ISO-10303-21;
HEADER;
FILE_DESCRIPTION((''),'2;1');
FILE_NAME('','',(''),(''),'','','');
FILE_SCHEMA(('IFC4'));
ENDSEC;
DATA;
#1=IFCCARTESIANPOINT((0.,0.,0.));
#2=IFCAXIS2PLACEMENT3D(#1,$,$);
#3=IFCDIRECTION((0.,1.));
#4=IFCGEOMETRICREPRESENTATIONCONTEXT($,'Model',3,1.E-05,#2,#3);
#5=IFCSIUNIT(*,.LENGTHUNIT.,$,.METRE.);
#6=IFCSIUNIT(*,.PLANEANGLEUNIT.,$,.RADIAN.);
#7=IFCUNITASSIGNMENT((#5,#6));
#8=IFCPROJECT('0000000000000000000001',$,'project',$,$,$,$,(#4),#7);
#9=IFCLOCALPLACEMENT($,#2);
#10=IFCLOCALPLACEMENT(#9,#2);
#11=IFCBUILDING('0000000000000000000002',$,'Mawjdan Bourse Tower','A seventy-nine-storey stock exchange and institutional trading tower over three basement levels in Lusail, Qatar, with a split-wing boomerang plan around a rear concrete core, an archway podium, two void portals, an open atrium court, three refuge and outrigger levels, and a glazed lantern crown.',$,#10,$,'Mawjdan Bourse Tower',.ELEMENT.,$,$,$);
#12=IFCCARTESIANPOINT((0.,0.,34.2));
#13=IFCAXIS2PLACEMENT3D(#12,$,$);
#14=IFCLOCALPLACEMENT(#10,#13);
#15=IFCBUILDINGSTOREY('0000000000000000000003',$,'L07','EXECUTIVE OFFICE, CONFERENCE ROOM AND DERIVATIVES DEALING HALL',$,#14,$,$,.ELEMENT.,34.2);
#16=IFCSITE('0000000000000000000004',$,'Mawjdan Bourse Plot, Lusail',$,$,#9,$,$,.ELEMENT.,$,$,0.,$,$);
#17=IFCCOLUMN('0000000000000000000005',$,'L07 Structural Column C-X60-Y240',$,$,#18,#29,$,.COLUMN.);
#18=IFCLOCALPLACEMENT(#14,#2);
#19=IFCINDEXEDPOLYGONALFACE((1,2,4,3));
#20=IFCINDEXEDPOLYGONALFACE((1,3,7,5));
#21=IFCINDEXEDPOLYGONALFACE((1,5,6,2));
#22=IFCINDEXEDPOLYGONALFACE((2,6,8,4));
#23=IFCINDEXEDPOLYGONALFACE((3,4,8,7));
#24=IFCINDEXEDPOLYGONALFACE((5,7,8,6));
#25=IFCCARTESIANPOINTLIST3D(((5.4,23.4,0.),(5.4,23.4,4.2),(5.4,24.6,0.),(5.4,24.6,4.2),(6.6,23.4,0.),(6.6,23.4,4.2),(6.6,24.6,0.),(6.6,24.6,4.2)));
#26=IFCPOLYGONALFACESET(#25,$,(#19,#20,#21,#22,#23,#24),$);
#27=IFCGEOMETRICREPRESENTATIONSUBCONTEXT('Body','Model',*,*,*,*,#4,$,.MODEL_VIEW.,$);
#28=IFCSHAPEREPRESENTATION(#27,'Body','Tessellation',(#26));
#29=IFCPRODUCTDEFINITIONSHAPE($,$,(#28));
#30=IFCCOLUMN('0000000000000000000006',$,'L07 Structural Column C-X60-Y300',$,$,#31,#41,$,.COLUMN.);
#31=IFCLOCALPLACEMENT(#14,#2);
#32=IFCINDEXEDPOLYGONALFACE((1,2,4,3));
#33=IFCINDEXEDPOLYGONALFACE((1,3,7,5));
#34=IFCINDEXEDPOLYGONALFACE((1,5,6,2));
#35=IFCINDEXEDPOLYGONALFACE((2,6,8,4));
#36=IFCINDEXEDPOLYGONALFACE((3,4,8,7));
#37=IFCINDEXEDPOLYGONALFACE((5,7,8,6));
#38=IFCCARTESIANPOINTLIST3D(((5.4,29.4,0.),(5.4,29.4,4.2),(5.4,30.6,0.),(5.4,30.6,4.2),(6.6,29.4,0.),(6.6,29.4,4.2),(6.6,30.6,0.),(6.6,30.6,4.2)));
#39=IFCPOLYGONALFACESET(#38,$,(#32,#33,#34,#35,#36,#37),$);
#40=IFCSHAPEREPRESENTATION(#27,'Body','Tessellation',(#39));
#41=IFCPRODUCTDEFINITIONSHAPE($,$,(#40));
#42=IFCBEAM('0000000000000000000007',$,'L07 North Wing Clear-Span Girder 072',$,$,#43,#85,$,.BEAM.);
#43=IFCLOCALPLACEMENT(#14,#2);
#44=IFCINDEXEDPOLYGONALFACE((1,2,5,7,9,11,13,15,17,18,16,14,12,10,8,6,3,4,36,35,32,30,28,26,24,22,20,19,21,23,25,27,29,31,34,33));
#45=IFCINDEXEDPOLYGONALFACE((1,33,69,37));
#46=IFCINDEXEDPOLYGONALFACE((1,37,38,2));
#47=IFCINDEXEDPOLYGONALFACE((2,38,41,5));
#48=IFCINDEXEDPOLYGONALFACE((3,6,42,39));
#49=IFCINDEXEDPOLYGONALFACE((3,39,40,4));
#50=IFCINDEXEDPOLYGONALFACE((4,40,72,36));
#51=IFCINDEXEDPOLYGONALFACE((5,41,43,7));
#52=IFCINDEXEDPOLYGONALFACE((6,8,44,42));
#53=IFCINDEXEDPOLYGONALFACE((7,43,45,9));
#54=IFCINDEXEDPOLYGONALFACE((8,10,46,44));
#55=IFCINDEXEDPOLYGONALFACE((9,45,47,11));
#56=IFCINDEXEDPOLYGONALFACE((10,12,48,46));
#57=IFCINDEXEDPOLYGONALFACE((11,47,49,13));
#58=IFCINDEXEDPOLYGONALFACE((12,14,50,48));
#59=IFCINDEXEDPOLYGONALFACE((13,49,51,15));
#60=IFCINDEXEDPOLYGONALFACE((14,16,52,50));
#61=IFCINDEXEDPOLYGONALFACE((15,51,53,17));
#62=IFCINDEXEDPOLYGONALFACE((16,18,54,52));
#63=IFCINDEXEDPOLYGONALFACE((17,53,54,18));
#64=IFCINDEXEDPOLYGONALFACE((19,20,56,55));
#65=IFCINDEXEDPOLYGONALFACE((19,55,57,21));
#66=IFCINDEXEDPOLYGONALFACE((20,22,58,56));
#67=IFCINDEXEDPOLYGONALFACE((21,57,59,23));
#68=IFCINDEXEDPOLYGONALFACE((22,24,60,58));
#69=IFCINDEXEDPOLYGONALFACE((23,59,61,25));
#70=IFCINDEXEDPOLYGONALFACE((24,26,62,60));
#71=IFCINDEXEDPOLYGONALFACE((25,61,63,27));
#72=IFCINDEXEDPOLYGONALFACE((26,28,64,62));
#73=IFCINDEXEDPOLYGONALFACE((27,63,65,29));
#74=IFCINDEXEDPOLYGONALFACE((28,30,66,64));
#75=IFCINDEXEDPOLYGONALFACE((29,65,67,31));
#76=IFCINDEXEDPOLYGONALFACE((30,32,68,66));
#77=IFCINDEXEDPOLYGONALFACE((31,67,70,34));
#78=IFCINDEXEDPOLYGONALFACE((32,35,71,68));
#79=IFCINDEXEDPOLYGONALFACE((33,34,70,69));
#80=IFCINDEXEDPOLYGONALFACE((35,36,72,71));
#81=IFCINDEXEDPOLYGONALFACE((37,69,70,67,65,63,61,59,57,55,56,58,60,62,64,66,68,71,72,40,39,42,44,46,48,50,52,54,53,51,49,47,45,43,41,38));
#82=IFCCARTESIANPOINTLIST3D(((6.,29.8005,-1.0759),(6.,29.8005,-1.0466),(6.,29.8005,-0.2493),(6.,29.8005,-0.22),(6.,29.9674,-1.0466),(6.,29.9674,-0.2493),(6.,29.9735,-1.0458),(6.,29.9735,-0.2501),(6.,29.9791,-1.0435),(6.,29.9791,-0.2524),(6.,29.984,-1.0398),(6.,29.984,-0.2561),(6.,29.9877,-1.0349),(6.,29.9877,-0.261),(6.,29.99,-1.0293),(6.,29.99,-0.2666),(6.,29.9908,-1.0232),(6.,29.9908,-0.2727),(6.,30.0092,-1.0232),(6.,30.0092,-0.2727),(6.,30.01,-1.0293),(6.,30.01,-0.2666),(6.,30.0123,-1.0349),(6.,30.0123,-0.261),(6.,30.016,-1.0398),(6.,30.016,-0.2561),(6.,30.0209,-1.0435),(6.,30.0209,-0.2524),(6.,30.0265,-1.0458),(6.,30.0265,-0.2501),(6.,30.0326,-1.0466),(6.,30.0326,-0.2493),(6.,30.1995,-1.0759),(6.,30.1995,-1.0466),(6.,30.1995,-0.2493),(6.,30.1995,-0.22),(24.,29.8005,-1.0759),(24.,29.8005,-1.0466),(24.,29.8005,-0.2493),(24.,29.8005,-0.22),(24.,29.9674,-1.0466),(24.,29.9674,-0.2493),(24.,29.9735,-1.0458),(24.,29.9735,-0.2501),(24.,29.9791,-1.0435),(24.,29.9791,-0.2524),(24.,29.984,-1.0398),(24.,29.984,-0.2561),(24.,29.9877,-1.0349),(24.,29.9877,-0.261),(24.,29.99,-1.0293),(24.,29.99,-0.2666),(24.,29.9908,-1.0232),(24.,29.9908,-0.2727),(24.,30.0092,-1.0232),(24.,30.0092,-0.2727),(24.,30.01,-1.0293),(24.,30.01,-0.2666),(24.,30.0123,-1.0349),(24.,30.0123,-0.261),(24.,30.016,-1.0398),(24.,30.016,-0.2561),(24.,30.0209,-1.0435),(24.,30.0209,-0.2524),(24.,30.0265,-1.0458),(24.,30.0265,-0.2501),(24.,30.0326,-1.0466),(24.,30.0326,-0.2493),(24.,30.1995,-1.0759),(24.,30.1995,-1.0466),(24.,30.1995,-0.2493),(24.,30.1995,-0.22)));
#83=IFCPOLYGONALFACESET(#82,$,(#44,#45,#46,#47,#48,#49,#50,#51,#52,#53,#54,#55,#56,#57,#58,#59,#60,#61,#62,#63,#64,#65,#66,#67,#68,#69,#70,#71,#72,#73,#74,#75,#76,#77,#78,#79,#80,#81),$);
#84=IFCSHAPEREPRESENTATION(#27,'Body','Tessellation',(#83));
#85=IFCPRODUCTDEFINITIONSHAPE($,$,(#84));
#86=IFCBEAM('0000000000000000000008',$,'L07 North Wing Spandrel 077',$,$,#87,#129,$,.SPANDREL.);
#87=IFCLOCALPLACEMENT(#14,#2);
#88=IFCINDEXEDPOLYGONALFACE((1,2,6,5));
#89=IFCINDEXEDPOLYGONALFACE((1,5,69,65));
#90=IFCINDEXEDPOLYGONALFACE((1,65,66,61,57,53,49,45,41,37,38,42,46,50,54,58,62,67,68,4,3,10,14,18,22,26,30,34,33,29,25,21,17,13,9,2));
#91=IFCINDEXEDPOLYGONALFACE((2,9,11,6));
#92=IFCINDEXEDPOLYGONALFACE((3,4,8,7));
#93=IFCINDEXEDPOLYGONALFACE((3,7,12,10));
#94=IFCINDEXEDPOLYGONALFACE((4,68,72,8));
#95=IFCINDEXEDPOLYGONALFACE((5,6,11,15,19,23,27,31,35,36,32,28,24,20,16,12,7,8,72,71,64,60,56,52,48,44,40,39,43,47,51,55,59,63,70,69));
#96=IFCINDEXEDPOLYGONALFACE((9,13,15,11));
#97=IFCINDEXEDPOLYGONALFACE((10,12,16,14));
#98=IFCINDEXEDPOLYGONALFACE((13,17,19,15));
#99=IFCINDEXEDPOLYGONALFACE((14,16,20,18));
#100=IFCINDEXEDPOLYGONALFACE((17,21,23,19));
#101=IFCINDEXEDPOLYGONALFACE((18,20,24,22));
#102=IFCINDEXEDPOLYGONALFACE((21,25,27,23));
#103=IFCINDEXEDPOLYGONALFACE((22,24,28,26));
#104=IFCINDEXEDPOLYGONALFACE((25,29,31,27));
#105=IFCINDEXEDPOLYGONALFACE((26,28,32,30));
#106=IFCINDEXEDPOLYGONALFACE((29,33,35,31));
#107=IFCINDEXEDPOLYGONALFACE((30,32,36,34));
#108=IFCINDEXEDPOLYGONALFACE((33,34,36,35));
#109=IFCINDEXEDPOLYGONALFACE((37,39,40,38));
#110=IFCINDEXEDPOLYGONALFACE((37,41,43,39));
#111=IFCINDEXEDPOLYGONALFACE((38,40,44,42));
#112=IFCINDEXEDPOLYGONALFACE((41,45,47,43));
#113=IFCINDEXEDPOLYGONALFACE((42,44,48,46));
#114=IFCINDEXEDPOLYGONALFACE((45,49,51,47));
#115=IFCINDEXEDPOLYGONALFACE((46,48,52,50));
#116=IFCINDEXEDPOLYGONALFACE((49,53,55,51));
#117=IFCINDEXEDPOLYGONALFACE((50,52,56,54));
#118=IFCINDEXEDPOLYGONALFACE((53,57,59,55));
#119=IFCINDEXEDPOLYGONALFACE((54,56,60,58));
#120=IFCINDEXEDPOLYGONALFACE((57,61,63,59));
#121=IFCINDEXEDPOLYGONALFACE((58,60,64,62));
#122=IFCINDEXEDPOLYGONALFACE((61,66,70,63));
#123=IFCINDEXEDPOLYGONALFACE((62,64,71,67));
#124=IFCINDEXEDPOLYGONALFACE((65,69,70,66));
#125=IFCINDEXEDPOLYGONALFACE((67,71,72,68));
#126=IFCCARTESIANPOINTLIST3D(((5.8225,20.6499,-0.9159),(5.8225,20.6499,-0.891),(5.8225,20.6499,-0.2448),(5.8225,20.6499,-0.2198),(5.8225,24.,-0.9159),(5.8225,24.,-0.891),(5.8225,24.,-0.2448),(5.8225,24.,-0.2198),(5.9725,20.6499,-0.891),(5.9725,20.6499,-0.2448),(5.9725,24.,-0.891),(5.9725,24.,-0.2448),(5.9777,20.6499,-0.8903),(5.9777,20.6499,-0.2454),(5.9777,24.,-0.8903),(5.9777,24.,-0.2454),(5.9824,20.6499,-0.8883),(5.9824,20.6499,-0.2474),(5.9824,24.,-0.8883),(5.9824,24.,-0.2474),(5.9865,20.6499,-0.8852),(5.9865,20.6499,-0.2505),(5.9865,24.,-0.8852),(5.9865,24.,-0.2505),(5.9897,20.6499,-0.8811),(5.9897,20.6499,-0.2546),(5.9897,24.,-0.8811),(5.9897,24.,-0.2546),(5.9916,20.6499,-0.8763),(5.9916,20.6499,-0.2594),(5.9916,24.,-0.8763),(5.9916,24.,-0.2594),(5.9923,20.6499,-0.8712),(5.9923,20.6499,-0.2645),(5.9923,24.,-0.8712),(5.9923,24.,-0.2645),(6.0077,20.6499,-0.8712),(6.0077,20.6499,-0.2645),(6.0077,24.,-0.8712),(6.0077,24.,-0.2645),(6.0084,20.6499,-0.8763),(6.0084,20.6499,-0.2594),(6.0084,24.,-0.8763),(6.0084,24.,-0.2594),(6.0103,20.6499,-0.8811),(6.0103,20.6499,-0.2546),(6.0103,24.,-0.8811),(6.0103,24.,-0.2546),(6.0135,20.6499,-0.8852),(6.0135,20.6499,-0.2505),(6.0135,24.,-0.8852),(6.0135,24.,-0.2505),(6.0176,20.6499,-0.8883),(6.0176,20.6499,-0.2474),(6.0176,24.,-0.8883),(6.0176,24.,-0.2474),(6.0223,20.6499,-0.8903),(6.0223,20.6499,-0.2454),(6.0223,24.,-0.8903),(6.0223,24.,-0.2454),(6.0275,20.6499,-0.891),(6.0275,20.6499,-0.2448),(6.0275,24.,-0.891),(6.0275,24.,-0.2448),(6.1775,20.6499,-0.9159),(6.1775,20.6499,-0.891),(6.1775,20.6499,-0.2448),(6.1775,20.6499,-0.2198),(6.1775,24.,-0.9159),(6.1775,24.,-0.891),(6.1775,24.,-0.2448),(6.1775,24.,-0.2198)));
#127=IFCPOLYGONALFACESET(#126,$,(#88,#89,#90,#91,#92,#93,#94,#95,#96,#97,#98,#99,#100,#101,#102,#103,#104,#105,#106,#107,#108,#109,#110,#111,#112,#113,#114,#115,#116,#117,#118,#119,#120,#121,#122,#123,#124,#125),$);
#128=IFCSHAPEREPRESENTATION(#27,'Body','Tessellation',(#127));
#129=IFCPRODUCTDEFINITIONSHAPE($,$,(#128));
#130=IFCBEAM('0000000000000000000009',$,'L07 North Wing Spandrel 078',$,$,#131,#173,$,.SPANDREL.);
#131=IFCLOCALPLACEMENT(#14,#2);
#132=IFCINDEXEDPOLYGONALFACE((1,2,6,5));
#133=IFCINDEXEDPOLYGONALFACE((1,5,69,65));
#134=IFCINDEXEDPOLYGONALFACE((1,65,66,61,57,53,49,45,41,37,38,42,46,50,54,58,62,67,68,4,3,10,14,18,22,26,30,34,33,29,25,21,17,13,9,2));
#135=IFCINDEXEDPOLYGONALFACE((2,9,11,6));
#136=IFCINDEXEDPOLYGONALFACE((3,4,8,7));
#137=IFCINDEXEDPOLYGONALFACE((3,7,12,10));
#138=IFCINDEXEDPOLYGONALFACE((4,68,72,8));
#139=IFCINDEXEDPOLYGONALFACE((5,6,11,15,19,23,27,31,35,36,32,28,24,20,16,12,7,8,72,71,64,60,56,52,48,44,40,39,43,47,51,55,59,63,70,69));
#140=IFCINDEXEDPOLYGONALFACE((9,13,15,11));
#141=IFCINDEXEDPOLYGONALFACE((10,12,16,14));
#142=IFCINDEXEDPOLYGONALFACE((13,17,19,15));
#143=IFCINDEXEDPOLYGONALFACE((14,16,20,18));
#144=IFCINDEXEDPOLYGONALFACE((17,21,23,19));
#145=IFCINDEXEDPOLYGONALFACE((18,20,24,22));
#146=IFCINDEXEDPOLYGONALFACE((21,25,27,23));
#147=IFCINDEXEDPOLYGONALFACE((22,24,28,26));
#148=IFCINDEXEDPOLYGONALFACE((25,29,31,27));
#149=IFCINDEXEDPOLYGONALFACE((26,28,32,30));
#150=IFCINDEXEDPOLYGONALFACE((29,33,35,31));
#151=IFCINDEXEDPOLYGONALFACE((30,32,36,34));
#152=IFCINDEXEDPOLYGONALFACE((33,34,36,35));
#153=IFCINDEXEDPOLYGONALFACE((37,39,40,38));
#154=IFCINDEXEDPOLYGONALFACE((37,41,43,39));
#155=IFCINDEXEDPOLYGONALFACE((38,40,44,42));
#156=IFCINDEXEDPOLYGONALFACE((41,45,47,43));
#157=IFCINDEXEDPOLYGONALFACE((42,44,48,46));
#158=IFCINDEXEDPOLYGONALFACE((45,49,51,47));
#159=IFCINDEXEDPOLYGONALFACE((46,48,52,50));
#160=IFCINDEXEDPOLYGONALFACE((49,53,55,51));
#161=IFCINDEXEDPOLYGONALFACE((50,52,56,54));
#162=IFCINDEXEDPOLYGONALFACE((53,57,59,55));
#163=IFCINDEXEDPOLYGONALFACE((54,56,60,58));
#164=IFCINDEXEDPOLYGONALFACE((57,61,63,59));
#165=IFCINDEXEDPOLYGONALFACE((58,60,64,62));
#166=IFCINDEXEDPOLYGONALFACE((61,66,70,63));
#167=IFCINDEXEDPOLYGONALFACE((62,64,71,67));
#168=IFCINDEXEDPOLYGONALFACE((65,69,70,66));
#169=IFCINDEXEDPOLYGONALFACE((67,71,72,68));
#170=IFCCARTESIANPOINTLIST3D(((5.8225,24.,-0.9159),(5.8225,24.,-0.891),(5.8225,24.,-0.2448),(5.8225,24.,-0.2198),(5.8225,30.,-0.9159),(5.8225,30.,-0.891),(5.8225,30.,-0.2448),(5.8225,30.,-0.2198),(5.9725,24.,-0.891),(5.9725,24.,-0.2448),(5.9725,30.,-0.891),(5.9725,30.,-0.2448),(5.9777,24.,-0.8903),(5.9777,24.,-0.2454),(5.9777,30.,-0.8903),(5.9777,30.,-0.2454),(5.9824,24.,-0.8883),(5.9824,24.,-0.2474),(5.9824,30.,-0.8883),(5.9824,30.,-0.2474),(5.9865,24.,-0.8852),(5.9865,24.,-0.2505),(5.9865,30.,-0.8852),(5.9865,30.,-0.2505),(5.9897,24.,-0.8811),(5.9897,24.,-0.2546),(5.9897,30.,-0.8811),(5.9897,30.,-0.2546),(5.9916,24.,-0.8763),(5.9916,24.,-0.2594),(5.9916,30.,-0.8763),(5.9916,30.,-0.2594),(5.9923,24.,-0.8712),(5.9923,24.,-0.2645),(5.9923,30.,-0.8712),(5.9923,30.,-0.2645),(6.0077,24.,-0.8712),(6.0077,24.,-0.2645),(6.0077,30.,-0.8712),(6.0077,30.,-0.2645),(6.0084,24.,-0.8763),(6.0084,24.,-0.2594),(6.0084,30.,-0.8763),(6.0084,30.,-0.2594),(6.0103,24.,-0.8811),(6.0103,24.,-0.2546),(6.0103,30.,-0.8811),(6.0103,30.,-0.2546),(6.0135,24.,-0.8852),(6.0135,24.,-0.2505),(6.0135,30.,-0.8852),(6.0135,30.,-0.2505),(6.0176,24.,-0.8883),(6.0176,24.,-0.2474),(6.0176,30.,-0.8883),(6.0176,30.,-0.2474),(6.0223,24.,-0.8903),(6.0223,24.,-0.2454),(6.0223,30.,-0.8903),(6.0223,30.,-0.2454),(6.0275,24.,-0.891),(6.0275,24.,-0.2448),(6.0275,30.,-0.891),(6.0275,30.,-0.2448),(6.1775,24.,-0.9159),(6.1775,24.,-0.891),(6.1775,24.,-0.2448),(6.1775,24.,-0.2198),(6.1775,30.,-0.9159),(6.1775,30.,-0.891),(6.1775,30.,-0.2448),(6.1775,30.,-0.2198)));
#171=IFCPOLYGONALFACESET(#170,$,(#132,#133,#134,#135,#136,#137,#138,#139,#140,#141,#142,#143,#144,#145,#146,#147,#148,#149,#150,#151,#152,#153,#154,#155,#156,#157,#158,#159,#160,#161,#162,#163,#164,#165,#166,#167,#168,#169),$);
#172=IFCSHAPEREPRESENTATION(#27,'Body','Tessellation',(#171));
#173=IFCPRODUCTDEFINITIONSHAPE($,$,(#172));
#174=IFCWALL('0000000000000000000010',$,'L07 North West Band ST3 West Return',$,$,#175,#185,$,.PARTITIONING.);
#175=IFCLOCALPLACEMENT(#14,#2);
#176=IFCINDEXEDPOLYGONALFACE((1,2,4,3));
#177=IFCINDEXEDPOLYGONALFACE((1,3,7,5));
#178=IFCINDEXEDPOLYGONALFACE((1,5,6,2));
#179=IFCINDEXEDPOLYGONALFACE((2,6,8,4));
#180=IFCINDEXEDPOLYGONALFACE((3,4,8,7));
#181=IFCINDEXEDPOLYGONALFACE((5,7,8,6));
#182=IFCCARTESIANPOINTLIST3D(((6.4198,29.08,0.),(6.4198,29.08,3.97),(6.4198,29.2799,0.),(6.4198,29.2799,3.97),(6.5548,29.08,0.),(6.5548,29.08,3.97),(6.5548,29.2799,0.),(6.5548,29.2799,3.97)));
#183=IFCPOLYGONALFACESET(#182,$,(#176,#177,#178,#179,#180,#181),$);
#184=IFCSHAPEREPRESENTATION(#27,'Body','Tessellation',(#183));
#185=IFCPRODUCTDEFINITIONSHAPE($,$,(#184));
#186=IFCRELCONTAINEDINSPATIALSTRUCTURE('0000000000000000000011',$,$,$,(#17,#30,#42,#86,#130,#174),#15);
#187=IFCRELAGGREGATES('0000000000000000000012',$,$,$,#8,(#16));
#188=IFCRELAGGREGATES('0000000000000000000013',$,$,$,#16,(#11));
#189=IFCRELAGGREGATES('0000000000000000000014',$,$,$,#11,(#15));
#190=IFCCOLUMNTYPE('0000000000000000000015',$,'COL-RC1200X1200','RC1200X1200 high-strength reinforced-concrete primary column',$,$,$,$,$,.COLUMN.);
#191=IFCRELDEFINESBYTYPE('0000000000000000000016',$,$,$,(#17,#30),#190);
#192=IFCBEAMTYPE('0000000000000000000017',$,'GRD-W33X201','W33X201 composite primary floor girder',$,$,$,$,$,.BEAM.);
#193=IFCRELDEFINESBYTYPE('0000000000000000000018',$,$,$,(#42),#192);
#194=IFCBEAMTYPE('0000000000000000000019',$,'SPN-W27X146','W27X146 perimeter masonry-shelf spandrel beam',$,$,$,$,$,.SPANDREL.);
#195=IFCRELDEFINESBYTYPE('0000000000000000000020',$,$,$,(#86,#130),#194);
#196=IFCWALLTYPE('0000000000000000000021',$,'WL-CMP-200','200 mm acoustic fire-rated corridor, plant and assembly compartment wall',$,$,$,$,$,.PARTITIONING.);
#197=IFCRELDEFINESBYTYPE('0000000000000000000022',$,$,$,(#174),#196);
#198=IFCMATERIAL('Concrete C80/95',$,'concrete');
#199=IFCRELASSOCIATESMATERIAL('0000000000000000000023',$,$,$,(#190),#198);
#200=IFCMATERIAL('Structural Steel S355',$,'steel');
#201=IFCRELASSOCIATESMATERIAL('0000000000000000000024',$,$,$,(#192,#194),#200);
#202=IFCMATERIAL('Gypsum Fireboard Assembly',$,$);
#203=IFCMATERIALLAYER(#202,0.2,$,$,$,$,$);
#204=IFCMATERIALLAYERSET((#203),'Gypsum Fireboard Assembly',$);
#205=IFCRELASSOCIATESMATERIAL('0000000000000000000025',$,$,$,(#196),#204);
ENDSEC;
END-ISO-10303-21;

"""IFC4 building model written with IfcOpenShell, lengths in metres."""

from ifc_helpers import new_model, si_unit, direction, frame, frame_2d, origin, origin_2d, place, context, subcontext, project, spatial, rectangle, i_section, extrude, material, layer, layer_set, material_profile, profile_set, type_object, element, save


model = new_model("IFC4")

# Units and contexts
model_context = context("Model", 3, precision=1e-05, world=origin(), true_north=direction((0.0, 1.0)))
body_context = subcontext(model_context, "Body", "Model", "MODEL_VIEW")
ifc_project = project(units=[si_unit("LENGTHUNIT", "METRE"), si_unit("PLANEANGLEUNIT", "RADIAN")], contexts=[model_context])

# Site, building, storey
site_placement = place(None, origin())
site = spatial("IfcSite", under=ifc_project, at=site_placement, Name="Mawjdan Bourse Plot, Lusail", CompositionType="ELEMENT", RefElevation=0.0)
building_placement = place(site_placement, origin())
building = spatial("IfcBuilding", under=site, at=building_placement, Name="Mawjdan Bourse Tower", Description="A seventy-nine-storey stock exchange and institutional trading tower over three basement levels in Lusail, Qatar, with a split-wing boomerang plan around a rear concrete core, an archway podium, two void portals, an open atrium court, three refuge and outrigger levels, and a glazed lantern crown.", LongName="Mawjdan Bourse Tower", CompositionType="ELEMENT")
storey_placement = place(building_placement, frame((0.0, 0.0, 34.2)))
storey = spatial("IfcBuildingStorey", under=building, at=storey_placement, Name="L07", Description="EXECUTIVE OFFICE, CONFERENCE ROOM AND DERIVATIVES DEALING HALL", CompositionType="ELEMENT", Elevation=34.2)

# Columns
ifc_material_1 = material(Name="Concrete C80/95", Category="concrete")
ifc_material_profile_1 = material_profile(ifc_material_1, rectangle(XDim=1.2, YDim=1.2, at=origin_2d()), Name="RC1200X1200")
ifc_profile_set_1 = profile_set([ifc_material_profile_1], Name="Concrete C80/95")
column_type = type_object("IfcColumnType", Name="COL-RC1200X1200", Description="RC1200X1200 high-strength reinforced-concrete primary column", PredefinedType="COLUMN", material=ifc_profile_set_1)
for number, where, z_axis, x_axis, name in (
    (1, (6.0, 24.0, 0.0), (0.0, 0.0, 1.0), (1.0, 0.0, 0.0), "L07 Structural Column C-X60-Y240"),
    (2, (6.0, 30.0, 0.0), (0.0, 0.0, 1.0), (1.0, 0.0, 0.0), "L07 Structural Column C-X60-Y300"),
):
    element("IfcColumn", number, at=place(storey_placement, frame(where, z_axis=z_axis, x_axis=x_axis)), inside=storey, type_object=column_type, Name=name, PredefinedType="COLUMN", context=body_context, shape_type="SweptSolid", body=[
        extrude(rectangle(XDim=1.2, YDim=1.2, at=origin_2d()), origin(), (0.0, 0.0, 1.0), 4.2),
    ])

# Beams
ifc_material_2 = material(Name="Structural Steel S355", Category="steel")
ifc_material_profile_2 = material_profile(ifc_material_2, i_section(OverallWidth=0.3989, OverallDepth=0.856, WebThickness=0.0183, FlangeThickness=0.0293, FilletRadius=0.0234, at=origin_2d()), Name="W33X201")
ifc_profile_set_2 = profile_set([ifc_material_profile_2], Name="Structural Steel S355")
beam_type_1 = type_object("IfcBeamType", Name="GRD-W33X201", Description="W33X201 composite primary floor girder", PredefinedType="BEAM", material=ifc_profile_set_2)
beam_1_placement = place(storey_placement, frame((6.0, 30.0, -0.6479), z_axis=(1.0, 0.0, 0.0), x_axis=(0.0, 1.0, 0.0)))
element("IfcBeam", 3, at=beam_1_placement, inside=storey, type_object=beam_type_1, Name="L07 North Wing Clear-Span Girder 072", PredefinedType="BEAM", context=body_context, shape_type="SweptSolid", body=[
    extrude(i_section(OverallWidth=0.3989, OverallDepth=0.856, WebThickness=0.0183, FlangeThickness=0.0293, FilletRadius=0.0234, at=origin_2d()), origin(), (0.0, 0.0, 1.0), 18.0),
])
ifc_material_profile_3 = material_profile(ifc_material_2, i_section(OverallWidth=0.355, OverallDepth=0.696, WebThickness=0.0154, FlangeThickness=0.0249, FilletRadius=0.0198, at=origin_2d()), Name="W27X146")
ifc_profile_set_3 = profile_set([ifc_material_profile_3], Name="Structural Steel S355")
beam_type_2 = type_object("IfcBeamType", Name="SPN-W27X146", Description="W27X146 perimeter masonry-shelf spandrel beam", PredefinedType="SPANDREL", material=ifc_profile_set_3)
beam_2_placement = place(storey_placement, frame((6.0, 20.6499, -0.5679), z_axis=(0.0, 1.0, 0.0), x_axis=(-1.0, 0.0, 0.0)))
element("IfcBeam", 4, at=beam_2_placement, inside=storey, type_object=beam_type_2, Name="L07 North Wing Spandrel 077", PredefinedType="SPANDREL", context=body_context, shape_type="SweptSolid", body=[
    extrude(i_section(OverallWidth=0.355, OverallDepth=0.696, WebThickness=0.0154, FlangeThickness=0.0249, FilletRadius=0.0198, at=origin_2d()), origin(), (0.0, 0.0, 1.0), 3.3501),
])
beam_3_placement = place(storey_placement, frame((6.0, 24.0, -0.5679), z_axis=(0.0, 1.0, 0.0), x_axis=(-1.0, 0.0, 0.0)))
element("IfcBeam", 5, at=beam_3_placement, inside=storey, type_object=beam_type_2, Name="L07 North Wing Spandrel 078", PredefinedType="SPANDREL", context=body_context, shape_type="SweptSolid", body=[
    extrude(i_section(OverallWidth=0.355, OverallDepth=0.696, WebThickness=0.0154, FlangeThickness=0.0249, FilletRadius=0.0198, at=origin_2d()), origin(), (0.0, 0.0, 1.0), 6.0),
])

# Wall
ifc_material_3 = material(Name="Gypsum Fireboard Assembly")
ifc_layer_1 = layer(ifc_material_3, 0.2)
ifc_layer_set_1 = layer_set([ifc_layer_1], Name="Gypsum Fireboard Assembly")
wall_type_1 = type_object("IfcWallType", Name="WL-CMP-200", Description="200 mm acoustic fire-rated corridor, plant and assembly compartment wall", PredefinedType="PARTITIONING", material=ifc_layer_set_1)
wall_1_placement = place(storey_placement, frame((6.4199, 29.1799, 0.0), z_axis=(0.0, 0.0, 1.0), x_axis=(1.0, 0.0, 0.0)))
element("IfcWall", 6, at=wall_1_placement, inside=storey, type_object=wall_type_1, Name="L07 North West Band ST3 West Return", PredefinedType="PARTITIONING", context=body_context, shape_type="SweptSolid", body=[
    extrude(rectangle(XDim=0.135, YDim=0.2, at=frame_2d((0.0674, 0.0))), origin(), (0.0, 0.0, 1.0), 3.97),
])

save(model, "model.ifc")
